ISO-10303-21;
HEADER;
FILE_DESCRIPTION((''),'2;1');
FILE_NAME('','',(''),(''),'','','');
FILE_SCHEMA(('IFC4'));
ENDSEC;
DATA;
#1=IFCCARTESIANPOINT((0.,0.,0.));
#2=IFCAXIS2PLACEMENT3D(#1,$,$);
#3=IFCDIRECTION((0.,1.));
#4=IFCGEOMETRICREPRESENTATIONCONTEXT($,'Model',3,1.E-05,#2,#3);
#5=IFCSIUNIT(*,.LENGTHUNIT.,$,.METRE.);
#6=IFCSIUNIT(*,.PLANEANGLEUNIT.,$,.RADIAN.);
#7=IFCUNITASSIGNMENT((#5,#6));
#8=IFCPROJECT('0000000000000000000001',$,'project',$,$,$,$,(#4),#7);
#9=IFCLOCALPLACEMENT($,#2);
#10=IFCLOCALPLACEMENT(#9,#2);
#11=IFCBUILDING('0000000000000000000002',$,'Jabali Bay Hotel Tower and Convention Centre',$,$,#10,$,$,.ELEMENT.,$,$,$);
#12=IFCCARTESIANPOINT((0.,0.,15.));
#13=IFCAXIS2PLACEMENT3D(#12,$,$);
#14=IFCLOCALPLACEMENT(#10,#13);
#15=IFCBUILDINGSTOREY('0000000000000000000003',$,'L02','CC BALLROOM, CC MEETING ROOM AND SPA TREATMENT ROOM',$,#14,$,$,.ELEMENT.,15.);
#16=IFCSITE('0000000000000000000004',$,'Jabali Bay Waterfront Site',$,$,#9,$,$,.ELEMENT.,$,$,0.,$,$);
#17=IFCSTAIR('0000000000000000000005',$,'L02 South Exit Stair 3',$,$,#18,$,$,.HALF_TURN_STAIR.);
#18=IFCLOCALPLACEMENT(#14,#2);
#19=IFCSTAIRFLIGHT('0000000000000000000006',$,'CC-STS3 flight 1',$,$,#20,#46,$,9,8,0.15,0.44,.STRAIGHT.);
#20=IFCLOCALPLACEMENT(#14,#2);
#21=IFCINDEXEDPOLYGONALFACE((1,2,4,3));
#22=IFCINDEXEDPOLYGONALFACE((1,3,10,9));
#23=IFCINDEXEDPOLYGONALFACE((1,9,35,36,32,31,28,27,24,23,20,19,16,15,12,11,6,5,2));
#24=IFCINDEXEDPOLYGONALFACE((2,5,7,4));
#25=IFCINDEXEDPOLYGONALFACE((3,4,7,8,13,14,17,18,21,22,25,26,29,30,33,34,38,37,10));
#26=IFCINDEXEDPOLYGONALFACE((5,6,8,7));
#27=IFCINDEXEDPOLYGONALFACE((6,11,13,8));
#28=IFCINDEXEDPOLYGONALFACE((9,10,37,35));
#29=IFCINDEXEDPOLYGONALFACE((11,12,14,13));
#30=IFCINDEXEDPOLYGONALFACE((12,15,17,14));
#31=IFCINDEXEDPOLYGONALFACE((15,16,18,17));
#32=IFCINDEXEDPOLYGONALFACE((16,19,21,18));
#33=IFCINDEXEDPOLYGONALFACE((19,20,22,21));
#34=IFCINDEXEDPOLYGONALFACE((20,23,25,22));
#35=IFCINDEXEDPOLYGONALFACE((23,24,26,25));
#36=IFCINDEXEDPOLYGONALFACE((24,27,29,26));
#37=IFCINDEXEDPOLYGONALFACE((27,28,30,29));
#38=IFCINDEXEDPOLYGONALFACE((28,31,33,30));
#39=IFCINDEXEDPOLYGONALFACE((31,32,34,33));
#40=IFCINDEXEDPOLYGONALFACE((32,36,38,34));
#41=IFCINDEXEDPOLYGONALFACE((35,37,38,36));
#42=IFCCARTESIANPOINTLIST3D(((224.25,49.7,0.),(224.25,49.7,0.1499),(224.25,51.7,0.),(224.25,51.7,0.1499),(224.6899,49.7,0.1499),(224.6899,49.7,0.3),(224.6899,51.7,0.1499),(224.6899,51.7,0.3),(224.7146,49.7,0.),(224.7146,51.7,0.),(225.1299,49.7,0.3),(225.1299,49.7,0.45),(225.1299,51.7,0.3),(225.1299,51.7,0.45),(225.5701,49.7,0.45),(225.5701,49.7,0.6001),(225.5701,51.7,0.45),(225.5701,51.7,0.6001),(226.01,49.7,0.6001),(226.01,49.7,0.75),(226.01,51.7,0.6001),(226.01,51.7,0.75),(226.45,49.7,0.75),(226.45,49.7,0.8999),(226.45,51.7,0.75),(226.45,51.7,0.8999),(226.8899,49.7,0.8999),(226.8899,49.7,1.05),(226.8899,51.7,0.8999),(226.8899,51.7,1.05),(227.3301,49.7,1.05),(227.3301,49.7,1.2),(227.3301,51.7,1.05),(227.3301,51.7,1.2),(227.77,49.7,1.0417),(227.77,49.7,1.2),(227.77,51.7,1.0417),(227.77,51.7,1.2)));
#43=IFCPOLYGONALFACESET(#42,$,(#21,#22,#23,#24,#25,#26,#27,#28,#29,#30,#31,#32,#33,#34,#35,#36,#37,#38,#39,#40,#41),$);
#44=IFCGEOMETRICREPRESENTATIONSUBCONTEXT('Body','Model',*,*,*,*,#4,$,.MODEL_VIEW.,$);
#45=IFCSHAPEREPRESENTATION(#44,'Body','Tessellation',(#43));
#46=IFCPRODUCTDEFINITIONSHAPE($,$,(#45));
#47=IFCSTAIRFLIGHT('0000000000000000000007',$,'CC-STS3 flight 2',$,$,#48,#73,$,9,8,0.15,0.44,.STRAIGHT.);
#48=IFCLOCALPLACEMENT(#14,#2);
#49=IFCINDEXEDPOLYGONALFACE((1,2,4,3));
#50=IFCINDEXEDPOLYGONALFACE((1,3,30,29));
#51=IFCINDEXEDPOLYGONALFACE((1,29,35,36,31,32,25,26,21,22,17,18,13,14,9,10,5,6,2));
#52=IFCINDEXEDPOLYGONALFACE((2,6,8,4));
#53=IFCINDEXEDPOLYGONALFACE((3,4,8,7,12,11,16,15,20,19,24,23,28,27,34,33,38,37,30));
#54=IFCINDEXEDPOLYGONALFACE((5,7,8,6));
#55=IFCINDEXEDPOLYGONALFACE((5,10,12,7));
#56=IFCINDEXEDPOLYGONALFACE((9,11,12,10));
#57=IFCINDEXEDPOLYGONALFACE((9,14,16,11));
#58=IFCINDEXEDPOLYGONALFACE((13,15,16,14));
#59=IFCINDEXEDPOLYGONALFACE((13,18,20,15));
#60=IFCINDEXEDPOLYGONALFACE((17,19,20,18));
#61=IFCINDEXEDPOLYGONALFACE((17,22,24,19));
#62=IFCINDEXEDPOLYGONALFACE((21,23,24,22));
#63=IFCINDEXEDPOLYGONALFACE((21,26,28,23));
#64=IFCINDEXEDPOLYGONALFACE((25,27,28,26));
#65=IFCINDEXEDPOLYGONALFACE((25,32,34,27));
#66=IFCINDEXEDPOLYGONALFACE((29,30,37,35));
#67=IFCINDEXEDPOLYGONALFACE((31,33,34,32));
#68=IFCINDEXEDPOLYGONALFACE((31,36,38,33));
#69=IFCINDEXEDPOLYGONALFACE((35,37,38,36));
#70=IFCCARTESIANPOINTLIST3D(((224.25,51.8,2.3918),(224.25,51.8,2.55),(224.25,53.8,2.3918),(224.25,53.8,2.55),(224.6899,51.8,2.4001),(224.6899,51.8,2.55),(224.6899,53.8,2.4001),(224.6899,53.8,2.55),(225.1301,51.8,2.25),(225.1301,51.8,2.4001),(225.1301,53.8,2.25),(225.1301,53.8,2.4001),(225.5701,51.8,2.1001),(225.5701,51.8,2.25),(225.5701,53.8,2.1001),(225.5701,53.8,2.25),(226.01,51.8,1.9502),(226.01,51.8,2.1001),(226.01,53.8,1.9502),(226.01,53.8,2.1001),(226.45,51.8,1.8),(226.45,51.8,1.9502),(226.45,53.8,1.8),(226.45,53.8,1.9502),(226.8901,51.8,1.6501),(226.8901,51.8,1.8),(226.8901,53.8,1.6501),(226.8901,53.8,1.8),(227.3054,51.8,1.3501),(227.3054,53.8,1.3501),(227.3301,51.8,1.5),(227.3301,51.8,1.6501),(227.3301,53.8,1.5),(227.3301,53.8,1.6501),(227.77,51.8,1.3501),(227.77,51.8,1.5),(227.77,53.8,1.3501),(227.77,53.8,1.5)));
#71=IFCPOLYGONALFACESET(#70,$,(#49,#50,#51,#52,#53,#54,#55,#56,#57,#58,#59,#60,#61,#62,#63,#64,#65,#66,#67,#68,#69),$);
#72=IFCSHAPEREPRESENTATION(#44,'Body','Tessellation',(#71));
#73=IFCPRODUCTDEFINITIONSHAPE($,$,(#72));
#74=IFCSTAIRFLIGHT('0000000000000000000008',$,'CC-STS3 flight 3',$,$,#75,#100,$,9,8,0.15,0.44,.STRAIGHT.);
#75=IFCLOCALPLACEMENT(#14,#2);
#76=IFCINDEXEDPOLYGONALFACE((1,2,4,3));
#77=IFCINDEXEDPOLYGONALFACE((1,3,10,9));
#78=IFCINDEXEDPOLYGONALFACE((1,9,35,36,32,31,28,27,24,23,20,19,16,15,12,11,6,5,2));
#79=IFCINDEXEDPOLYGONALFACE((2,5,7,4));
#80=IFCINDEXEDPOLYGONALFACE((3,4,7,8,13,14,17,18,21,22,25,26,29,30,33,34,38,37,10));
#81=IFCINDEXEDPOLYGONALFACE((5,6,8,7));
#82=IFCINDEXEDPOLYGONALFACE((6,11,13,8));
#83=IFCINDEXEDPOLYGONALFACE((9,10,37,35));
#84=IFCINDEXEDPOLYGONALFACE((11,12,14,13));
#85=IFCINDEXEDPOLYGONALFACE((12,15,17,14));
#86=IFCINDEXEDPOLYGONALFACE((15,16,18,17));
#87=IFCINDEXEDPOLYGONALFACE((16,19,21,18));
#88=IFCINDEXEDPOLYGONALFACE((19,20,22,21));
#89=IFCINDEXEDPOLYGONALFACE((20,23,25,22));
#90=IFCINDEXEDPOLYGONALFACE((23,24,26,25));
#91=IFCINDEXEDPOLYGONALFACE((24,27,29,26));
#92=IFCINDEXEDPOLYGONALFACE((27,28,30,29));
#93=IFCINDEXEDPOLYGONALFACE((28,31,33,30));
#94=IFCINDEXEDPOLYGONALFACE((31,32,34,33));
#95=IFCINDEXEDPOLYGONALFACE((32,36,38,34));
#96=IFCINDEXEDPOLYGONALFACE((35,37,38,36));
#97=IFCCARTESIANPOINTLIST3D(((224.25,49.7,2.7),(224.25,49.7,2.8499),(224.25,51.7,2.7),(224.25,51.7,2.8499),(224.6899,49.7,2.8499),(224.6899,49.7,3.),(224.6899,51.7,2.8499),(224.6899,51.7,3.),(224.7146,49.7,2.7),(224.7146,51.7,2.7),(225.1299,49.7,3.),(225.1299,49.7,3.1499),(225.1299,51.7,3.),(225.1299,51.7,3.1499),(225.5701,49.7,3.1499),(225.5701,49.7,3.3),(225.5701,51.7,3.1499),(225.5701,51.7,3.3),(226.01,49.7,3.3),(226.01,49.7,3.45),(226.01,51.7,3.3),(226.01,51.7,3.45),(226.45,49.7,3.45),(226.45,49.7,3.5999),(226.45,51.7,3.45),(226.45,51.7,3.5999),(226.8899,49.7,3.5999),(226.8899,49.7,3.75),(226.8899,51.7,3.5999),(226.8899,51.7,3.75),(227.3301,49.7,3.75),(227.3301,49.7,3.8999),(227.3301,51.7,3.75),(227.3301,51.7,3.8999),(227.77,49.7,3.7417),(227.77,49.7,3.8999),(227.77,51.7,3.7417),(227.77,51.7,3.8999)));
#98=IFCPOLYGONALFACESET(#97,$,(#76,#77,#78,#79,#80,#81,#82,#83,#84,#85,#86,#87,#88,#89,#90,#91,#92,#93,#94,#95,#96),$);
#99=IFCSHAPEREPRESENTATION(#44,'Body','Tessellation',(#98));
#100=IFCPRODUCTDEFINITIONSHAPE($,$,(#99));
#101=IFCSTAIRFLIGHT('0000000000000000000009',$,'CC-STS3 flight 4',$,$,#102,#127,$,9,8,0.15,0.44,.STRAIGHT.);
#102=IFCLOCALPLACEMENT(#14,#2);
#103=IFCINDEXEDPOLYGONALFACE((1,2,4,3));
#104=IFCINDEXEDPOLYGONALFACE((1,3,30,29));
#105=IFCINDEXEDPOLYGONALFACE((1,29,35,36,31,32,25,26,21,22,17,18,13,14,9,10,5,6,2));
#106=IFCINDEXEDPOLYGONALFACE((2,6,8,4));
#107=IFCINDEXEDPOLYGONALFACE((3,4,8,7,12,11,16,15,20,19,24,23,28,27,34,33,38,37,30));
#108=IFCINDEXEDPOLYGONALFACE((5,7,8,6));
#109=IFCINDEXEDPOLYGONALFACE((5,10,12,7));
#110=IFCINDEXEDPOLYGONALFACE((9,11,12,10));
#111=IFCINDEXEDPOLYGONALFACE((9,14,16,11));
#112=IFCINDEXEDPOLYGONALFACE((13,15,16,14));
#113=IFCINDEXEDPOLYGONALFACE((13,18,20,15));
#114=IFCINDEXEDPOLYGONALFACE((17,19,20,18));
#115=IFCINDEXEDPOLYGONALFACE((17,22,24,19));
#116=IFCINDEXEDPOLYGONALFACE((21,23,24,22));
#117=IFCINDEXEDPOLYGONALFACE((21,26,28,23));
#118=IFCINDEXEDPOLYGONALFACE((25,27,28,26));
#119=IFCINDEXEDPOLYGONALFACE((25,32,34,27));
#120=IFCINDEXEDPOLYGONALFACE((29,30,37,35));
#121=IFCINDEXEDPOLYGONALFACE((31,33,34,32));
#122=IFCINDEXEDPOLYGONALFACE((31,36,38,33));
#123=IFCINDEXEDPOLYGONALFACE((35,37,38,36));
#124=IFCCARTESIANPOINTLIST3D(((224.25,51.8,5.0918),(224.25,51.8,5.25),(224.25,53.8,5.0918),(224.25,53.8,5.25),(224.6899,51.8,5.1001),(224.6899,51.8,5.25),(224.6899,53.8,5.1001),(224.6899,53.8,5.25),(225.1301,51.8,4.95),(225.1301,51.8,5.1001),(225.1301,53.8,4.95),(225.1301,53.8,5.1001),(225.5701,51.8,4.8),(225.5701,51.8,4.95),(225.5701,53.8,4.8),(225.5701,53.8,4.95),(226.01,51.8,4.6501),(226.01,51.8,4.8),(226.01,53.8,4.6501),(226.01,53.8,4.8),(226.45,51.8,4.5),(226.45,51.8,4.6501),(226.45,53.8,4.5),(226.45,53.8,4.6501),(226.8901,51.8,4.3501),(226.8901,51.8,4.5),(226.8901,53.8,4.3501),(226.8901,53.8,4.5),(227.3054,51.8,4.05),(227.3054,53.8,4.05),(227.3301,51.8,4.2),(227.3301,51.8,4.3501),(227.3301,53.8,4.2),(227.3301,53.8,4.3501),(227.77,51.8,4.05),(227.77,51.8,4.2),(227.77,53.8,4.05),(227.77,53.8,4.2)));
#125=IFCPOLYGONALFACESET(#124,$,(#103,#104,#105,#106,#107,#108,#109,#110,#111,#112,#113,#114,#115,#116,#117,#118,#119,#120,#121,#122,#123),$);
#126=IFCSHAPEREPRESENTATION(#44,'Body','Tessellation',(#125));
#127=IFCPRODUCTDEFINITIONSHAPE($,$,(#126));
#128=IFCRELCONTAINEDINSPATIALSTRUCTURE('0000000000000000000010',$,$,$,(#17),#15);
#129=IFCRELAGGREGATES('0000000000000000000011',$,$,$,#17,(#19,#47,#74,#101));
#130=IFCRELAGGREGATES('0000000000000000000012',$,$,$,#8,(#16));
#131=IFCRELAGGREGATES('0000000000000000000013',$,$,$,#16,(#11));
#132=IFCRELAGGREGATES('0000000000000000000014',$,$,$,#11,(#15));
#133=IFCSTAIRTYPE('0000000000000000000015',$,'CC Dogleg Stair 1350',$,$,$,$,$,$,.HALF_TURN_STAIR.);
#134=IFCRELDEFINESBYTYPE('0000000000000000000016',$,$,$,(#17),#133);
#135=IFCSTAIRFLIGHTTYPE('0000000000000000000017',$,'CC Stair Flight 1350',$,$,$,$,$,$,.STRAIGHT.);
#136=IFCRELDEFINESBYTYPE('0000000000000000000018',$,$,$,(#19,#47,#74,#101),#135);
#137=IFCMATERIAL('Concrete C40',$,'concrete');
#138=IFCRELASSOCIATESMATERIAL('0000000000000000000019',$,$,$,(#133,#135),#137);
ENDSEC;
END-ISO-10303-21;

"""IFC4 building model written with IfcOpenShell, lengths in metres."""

from ifc_helpers import new_model, si_unit, direction, frame, origin, place, context, subcontext, project, spatial, polyline, outline, extrude, material, type_object, element, aggregate, save


model = new_model("IFC4")

# Units and contexts
model_context = context("Model", 3, precision=1e-05, world=origin(), true_north=direction((0.0, 1.0)))
body_context = subcontext(model_context, "Body", "Model", "MODEL_VIEW")
ifc_project = project(units=[si_unit("LENGTHUNIT", "METRE"), si_unit("PLANEANGLEUNIT", "RADIAN")], contexts=[model_context])

# Site, building, storey
site_placement = place(None, origin())
site = spatial("IfcSite", under=ifc_project, at=site_placement, Name="Jabali Bay Waterfront Site", CompositionType="ELEMENT", RefElevation=0.0)
building_placement = place(site_placement, origin())
building = spatial("IfcBuilding", under=site, at=building_placement, Name="Jabali Bay Hotel Tower and Convention Centre", CompositionType="ELEMENT")
storey_placement = place(building_placement, frame((0.0, 0.0, 15.0)))
storey = spatial("IfcBuildingStorey", under=building, at=storey_placement, Name="L02", Description="CC BALLROOM, CC MEETING ROOM AND SPA TREATMENT ROOM", CompositionType="ELEMENT", Elevation=15.0)

# Shared definitions
ifc_material_1 = material(Name="Concrete C40", Category="concrete")

# Stair, stair flights
stair_type = type_object("IfcStairType", Name="CC Dogleg Stair 1350", PredefinedType="HALF_TURN_STAIR", material=ifc_material_1)
stair_placement = place(storey_placement, origin())
stair = element("IfcStair", 1, at=stair_placement, inside=storey, type_object=stair_type, Name="L02 South Exit Stair 3", PredefinedType="HALF_TURN_STAIR")
stair_flight_type = type_object("IfcStairFlightType", Name="CC Stair Flight 1350", PredefinedType="STRAIGHT", material=ifc_material_1)
stair_flight_1_placement = place(storey_placement, frame((224.25, 50.7, 0.0), z_axis=(0.0, 0.0, 1.0), x_axis=(1.0, 0.0, 0.0)))
stair_flight_1 = element("IfcStairFlight", 2, at=stair_flight_1_placement, type_object=stair_flight_type, Name="CC-STS3 flight 1", NumberOfRisers=9, NumberOfTreads=8, PredefinedType="STRAIGHT", RiserHeight=0.15, TreadLength=0.44, context=body_context, shape_type="SweptSolid", body=[
    extrude(outline(polyline([(0.0, 0.0), (0.0, 0.1499), (0.4399, 0.1499), (0.4399, 0.3), (0.8799, 0.3), (0.8799, 0.45), (1.3201, 0.45), (1.3201, 0.6001), (1.76, 0.6001), (1.76, 0.75), (2.2, 0.75), (2.2, 0.8999), (2.6399, 0.8999), (2.6399, 1.05), (3.0801, 1.05), (3.0801, 1.2), (3.52, 1.2), (3.52, 1.3501), (3.52, 1.0417), (0.4646, 0.0), (0.0, 0.0)])), frame((0.0, 1.0, 0.0), z_axis=(0.0, -1.0, 0.0), x_axis=(1.0, 0.0, 0.0)), (0.0, 0.0, 1.0), 2.0),
])
stair_flight_2_placement = place(storey_placement, frame((227.77, 52.8, 1.3501), z_axis=(0.0, 0.0, 1.0), x_axis=(-1.0, 0.0, 0.0)))
stair_flight_2 = element("IfcStairFlight", 3, at=stair_flight_2_placement, type_object=stair_flight_type, Name="CC-STS3 flight 2", NumberOfRisers=9, NumberOfTreads=8, PredefinedType="STRAIGHT", RiserHeight=0.15, TreadLength=0.44, context=body_context, shape_type="SweptSolid", body=[
    extrude(outline(polyline([(0.0, 0.0), (0.0, 0.1499), (0.4399, 0.1499), (0.4399, 0.3), (0.8799, 0.3), (0.8799, 0.45), (1.3201, 0.45), (1.3201, 0.6001), (1.76, 0.6001), (1.76, 0.75), (2.2, 0.75), (2.2, 0.8999), (2.6399, 0.8999), (2.6399, 1.05), (3.0801, 1.05), (3.0801, 1.2), (3.52, 1.2), (3.52, 1.3501), (3.52, 1.0417), (0.4646, 0.0), (0.0, 0.0)])), frame((0.0, 1.0, 0.0), z_axis=(0.0, -1.0, 0.0), x_axis=(1.0, 0.0, 0.0)), (0.0, 0.0, 1.0), 2.0),
])
stair_flight_3_placement = place(storey_placement, frame((224.25, 50.7, 2.7), z_axis=(0.0, 0.0, 1.0), x_axis=(1.0, 0.0, 0.0)))
stair_flight_3 = element("IfcStairFlight", 4, at=stair_flight_3_placement, type_object=stair_flight_type, Name="CC-STS3 flight 3", NumberOfRisers=9, NumberOfTreads=8, PredefinedType="STRAIGHT", RiserHeight=0.15, TreadLength=0.44, context=body_context, shape_type="SweptSolid", body=[
    extrude(outline(polyline([(0.0, 0.0), (0.0, 0.1499), (0.4399, 0.1499), (0.4399, 0.3), (0.8799, 0.3), (0.8799, 0.45), (1.3201, 0.45), (1.3201, 0.6001), (1.76, 0.6001), (1.76, 0.75), (2.2, 0.75), (2.2, 0.8999), (2.6399, 0.8999), (2.6399, 1.05), (3.0801, 1.05), (3.0801, 1.2), (3.52, 1.2), (3.52, 1.3501), (3.52, 1.0417), (0.4646, 0.0), (0.0, 0.0)])), frame((0.0, 1.0, 0.0), z_axis=(0.0, -1.0, 0.0), x_axis=(1.0, 0.0, 0.0)), (0.0, 0.0, 1.0), 2.0),
])
stair_flight_4_placement = place(storey_placement, frame((227.77, 52.8, 4.05), z_axis=(0.0, 0.0, 1.0), x_axis=(-1.0, 0.0, 0.0)))
stair_flight_4 = element("IfcStairFlight", 5, at=stair_flight_4_placement, type_object=stair_flight_type, Name="CC-STS3 flight 4", NumberOfRisers=9, NumberOfTreads=8, PredefinedType="STRAIGHT", RiserHeight=0.15, TreadLength=0.44, context=body_context, shape_type="SweptSolid", body=[
    extrude(outline(polyline([(0.0, 0.0), (0.0, 0.1499), (0.4399, 0.1499), (0.4399, 0.3), (0.8799, 0.3), (0.8799, 0.45), (1.3201, 0.45), (1.3201, 0.6001), (1.76, 0.6001), (1.76, 0.75), (2.2, 0.75), (2.2, 0.8999), (2.6399, 0.8999), (2.6399, 1.05), (3.0801, 1.05), (3.0801, 1.2), (3.52, 1.2), (3.52, 1.3501), (3.52, 1.0417), (0.4646, 0.0), (0.0, 0.0)])), frame((0.0, 1.0, 0.0), z_axis=(0.0, -1.0, 0.0), x_axis=(1.0, 0.0, 0.0)), (0.0, 0.0, 1.0), 2.0),
])
aggregate(stair, [stair_flight_1, stair_flight_2, stair_flight_3, stair_flight_4])

save(model, "model.ifc")
